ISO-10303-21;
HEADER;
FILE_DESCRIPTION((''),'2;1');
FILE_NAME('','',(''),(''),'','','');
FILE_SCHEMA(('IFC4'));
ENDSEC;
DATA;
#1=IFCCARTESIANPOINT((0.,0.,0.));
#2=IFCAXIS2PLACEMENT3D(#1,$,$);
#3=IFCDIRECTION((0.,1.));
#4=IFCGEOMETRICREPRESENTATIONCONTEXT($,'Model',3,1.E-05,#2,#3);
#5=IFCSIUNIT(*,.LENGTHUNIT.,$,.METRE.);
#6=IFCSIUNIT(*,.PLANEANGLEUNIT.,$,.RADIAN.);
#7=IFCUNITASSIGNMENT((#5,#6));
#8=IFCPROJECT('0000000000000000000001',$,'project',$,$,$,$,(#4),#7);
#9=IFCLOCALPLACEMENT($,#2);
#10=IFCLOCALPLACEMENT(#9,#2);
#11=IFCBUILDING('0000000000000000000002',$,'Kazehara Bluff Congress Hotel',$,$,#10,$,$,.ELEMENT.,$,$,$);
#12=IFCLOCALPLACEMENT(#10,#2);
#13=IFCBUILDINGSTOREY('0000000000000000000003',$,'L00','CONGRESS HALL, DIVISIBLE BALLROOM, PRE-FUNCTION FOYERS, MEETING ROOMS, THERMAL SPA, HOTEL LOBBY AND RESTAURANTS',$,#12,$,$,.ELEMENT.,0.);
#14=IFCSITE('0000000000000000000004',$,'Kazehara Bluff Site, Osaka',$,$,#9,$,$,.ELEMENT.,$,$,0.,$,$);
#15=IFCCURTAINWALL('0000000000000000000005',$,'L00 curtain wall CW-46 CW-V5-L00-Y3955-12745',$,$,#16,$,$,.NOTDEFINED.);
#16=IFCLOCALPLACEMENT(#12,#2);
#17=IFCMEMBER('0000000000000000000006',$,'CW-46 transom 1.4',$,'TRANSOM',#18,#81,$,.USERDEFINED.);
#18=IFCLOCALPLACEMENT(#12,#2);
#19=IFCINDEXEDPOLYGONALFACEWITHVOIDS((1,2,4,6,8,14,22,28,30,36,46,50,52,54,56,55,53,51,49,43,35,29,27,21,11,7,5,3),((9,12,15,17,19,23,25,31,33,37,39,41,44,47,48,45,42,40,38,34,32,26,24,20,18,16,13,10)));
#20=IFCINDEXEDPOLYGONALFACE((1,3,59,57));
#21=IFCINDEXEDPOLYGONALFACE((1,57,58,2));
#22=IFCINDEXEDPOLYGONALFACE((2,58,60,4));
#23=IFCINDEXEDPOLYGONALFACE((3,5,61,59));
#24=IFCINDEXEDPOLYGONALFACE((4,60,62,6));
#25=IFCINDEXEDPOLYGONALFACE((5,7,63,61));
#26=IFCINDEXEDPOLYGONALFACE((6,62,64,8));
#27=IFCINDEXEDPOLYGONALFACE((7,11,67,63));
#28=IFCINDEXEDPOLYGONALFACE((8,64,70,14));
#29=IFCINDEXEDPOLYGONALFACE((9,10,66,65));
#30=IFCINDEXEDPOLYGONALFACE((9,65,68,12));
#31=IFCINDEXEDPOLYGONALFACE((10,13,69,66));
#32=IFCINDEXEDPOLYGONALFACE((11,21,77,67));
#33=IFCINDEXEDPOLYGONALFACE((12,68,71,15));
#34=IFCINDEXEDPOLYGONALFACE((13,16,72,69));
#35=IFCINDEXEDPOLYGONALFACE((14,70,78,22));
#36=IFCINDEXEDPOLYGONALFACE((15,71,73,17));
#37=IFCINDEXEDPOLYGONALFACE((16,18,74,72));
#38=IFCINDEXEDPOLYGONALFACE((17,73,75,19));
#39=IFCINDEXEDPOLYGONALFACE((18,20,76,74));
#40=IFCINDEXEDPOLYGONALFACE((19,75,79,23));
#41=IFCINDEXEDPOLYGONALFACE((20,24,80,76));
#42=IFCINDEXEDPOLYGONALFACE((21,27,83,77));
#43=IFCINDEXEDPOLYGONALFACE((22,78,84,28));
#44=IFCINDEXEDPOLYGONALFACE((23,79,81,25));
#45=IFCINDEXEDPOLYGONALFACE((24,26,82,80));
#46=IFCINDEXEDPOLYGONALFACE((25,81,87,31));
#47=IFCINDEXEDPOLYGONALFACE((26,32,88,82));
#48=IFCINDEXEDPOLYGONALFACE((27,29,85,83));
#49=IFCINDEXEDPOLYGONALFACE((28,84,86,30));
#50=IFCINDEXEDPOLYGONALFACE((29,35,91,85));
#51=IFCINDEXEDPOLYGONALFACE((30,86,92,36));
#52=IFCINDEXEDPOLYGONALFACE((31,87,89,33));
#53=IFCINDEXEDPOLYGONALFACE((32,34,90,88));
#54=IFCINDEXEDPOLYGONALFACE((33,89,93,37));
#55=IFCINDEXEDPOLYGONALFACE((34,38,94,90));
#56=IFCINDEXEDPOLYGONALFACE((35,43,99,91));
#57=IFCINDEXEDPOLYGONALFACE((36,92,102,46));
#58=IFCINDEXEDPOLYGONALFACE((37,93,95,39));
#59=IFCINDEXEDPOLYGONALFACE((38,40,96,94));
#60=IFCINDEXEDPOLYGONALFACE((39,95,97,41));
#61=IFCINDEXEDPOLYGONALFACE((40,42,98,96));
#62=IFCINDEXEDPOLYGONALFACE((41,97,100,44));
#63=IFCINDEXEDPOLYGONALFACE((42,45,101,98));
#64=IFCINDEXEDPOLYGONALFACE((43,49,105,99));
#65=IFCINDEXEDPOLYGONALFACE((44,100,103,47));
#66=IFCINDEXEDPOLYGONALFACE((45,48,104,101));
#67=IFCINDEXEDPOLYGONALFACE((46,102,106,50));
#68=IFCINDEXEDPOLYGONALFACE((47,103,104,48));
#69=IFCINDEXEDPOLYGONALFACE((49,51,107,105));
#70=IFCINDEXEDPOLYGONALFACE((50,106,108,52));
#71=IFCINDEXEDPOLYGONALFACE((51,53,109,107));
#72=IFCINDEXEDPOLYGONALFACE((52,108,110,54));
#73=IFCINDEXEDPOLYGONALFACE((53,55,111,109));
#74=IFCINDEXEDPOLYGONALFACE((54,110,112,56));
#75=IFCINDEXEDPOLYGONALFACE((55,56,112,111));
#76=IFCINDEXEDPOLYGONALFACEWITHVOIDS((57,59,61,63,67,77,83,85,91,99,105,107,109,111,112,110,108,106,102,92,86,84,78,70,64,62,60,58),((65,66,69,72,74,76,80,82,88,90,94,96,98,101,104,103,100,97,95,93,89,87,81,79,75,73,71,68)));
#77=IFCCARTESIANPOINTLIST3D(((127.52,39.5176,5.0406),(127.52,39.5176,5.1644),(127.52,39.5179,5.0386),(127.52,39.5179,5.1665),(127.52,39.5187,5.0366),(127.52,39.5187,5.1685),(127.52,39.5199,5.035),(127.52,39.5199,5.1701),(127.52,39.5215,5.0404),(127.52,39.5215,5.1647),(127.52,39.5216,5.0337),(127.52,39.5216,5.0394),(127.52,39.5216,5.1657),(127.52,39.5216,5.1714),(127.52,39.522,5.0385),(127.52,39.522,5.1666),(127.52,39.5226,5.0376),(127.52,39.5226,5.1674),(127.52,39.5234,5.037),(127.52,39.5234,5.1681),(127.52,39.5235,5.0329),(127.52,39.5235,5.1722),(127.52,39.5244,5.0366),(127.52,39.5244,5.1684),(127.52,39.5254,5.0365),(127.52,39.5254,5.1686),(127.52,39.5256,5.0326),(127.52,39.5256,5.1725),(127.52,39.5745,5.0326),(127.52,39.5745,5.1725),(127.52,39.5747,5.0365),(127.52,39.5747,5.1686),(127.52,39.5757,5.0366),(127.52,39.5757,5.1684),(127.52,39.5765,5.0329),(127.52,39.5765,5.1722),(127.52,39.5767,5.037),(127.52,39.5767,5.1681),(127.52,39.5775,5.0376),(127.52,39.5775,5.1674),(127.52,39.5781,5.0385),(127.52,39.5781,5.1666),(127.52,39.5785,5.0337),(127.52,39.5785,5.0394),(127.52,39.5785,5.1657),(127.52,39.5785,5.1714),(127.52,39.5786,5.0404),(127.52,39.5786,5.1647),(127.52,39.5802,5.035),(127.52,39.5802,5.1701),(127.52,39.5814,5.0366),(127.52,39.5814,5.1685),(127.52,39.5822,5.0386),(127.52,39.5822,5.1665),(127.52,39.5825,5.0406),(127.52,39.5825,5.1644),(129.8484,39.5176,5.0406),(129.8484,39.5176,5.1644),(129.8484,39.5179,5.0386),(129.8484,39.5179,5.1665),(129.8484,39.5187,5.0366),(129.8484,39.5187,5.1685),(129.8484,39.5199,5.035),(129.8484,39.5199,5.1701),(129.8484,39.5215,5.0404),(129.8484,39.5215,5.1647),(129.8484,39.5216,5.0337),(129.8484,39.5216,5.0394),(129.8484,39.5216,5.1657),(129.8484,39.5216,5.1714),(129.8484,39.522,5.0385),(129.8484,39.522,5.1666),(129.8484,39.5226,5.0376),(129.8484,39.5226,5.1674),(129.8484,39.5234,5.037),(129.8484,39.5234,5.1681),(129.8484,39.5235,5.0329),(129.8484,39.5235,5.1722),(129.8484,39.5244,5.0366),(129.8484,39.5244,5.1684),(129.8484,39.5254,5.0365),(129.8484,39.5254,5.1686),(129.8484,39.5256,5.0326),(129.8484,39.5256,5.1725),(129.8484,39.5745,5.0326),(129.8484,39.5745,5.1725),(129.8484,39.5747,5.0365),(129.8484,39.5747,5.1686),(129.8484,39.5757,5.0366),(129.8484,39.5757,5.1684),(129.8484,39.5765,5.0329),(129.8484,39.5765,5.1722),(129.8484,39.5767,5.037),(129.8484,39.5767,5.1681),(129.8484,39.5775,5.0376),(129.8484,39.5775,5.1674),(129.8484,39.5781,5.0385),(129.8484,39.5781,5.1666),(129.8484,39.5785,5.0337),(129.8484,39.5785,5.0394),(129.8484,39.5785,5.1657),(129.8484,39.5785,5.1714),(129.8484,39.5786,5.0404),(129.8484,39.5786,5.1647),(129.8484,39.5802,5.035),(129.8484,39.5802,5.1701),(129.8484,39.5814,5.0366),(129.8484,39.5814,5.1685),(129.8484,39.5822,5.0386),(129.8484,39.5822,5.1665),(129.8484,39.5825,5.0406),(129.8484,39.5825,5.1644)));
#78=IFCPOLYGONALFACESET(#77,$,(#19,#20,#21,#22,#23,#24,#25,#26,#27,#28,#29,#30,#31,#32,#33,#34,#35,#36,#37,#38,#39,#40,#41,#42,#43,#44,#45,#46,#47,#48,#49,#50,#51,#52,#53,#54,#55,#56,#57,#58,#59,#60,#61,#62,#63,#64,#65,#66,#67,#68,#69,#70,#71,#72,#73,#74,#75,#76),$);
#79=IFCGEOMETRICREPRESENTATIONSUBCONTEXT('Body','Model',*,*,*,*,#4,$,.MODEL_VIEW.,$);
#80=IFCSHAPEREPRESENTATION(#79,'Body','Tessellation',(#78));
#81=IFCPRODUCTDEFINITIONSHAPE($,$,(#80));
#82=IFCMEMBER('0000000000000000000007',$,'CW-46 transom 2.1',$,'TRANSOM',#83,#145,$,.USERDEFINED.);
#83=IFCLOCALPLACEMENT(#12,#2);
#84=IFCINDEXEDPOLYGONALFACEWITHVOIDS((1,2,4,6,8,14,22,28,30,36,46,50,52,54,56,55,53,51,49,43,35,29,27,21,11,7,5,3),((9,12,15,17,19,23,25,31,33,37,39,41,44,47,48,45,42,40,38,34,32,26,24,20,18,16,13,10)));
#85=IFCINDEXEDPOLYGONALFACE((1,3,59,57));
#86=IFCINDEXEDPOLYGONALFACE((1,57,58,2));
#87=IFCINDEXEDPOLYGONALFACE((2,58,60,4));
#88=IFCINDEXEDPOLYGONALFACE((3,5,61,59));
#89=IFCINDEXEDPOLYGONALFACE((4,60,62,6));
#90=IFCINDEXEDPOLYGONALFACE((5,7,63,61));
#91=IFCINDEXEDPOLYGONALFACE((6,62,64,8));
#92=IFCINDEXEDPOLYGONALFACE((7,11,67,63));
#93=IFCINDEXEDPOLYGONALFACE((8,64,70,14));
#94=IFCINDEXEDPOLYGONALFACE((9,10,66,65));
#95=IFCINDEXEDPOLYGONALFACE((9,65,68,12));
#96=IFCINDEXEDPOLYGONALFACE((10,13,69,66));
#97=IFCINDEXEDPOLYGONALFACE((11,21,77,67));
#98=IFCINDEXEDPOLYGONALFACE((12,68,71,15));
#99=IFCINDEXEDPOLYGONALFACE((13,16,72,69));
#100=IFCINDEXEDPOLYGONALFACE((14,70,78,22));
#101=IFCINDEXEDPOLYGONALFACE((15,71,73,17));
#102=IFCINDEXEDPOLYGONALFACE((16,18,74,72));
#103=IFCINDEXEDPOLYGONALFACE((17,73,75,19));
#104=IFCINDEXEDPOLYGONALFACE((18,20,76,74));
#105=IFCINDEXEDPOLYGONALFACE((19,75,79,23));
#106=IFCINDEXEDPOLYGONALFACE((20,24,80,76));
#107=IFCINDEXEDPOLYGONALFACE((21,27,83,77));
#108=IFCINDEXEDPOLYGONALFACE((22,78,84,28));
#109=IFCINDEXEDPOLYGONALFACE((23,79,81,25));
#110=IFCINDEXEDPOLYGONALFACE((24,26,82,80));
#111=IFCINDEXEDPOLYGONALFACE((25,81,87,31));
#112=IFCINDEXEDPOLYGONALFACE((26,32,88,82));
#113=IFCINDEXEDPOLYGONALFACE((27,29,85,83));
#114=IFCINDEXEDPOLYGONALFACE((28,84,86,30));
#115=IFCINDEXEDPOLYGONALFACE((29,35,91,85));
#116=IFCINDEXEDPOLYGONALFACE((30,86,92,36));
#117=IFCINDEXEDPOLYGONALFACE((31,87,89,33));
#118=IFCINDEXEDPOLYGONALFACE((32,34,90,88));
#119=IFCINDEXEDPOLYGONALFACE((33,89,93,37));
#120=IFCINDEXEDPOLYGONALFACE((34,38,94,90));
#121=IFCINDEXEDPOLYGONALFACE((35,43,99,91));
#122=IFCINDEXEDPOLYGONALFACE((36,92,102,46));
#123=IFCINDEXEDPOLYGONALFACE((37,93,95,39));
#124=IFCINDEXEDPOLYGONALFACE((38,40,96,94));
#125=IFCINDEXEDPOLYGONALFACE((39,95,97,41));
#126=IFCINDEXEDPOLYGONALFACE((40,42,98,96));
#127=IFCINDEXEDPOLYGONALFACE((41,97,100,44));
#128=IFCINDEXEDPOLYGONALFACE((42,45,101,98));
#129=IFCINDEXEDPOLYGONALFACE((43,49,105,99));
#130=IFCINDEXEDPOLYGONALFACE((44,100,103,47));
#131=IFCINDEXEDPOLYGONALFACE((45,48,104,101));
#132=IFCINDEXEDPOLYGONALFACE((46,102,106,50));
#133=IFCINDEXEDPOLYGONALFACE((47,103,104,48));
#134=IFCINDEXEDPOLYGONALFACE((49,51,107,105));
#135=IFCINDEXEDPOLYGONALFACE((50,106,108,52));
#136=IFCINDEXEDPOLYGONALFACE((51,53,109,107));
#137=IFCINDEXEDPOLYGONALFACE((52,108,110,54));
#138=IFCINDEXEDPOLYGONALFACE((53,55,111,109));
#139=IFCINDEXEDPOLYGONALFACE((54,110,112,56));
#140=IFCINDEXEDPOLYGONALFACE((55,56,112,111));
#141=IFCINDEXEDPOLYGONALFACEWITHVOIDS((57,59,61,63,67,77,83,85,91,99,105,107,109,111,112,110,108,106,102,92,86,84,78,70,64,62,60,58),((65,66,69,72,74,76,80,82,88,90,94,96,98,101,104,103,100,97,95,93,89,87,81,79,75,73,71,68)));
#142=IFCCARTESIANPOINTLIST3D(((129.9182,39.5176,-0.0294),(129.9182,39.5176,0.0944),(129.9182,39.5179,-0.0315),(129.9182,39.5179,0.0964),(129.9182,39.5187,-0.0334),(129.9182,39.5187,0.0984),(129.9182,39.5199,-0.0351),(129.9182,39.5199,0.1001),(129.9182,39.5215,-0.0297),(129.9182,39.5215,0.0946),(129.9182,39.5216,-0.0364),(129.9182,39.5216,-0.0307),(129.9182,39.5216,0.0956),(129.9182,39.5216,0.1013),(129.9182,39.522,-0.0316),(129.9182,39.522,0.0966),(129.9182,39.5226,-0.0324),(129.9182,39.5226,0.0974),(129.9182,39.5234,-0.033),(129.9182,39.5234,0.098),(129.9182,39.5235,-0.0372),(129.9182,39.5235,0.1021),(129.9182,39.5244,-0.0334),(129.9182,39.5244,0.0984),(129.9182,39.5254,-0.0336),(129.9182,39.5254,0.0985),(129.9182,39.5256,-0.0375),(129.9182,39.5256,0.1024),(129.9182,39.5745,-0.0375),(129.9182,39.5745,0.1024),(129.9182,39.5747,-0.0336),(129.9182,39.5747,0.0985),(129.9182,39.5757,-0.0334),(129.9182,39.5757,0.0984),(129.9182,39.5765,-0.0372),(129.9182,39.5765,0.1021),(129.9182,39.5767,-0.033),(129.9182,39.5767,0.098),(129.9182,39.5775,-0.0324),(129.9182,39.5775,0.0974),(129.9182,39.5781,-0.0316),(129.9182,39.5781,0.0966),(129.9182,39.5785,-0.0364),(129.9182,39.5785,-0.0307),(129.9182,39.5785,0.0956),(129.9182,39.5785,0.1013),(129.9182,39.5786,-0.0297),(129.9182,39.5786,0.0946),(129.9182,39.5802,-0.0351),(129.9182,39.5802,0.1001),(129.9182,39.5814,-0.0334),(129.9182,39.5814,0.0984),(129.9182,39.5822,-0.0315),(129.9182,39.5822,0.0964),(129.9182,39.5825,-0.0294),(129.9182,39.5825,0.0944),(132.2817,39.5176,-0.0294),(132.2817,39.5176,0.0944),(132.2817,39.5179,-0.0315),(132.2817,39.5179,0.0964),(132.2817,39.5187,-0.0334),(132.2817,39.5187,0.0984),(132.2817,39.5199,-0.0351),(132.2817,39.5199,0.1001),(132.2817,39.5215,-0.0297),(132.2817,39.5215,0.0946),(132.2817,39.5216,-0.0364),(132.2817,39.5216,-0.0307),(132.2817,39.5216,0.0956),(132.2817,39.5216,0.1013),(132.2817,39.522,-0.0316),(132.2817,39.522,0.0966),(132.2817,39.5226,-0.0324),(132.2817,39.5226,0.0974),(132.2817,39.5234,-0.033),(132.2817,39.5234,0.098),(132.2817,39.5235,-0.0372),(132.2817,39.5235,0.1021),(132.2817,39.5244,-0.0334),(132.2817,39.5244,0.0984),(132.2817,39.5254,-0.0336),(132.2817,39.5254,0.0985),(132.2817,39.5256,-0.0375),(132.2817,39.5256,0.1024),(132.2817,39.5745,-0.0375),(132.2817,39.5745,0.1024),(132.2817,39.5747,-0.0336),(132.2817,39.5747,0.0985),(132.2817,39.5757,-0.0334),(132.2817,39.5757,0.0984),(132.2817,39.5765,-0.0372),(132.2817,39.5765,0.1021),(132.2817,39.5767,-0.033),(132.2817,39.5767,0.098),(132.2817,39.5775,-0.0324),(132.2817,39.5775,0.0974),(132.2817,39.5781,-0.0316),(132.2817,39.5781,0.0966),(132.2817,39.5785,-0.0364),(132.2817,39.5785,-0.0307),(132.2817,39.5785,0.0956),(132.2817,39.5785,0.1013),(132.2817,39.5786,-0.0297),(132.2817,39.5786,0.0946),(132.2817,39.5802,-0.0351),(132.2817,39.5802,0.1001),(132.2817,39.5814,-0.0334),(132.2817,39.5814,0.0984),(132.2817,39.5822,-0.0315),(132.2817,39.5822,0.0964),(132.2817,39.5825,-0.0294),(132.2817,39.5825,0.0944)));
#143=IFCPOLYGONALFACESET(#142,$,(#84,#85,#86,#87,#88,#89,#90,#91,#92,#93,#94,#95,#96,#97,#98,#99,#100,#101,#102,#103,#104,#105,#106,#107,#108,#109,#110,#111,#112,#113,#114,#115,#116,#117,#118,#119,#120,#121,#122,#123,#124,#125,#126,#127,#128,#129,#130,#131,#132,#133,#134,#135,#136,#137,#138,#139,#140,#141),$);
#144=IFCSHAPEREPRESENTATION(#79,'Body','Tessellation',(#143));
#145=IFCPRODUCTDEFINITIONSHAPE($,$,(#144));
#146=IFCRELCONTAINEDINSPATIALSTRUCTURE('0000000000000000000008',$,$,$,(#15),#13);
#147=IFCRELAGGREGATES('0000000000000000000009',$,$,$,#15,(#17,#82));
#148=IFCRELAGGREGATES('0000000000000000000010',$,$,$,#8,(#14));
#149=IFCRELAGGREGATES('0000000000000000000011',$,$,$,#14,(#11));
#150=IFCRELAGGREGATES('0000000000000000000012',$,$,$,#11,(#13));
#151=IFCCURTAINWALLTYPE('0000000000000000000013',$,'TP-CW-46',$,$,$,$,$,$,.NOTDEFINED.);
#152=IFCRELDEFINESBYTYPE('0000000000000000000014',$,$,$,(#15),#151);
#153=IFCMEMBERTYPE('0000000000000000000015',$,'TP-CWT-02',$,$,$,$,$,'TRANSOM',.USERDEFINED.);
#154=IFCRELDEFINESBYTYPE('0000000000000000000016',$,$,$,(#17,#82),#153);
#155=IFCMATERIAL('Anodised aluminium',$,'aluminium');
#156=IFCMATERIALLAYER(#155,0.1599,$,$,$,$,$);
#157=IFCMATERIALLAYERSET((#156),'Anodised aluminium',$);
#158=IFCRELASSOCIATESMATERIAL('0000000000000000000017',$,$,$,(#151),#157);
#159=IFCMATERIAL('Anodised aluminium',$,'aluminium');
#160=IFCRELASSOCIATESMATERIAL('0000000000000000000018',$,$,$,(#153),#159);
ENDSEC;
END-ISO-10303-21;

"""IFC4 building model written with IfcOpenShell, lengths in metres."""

from ifc_helpers import new_model, si_unit, direction, frame, origin, origin_2d, place, context, subcontext, project, spatial, hollow_rectangle, extrude, material, layer, layer_set, material_profile, profile_set, type_object, element, aggregate, save


model = new_model("IFC4")

# Units and contexts
model_context = context("Model", 3, precision=1e-05, world=origin(), true_north=direction((0.0, 1.0)))
body_context = subcontext(model_context, "Body", "Model", "MODEL_VIEW")
ifc_project = project(units=[si_unit("LENGTHUNIT", "METRE"), si_unit("PLANEANGLEUNIT", "RADIAN")], contexts=[model_context])

# Site, building, storey
site_placement = place(None, origin())
site = spatial("IfcSite", under=ifc_project, at=site_placement, Name="Kazehara Bluff Site, Osaka", CompositionType="ELEMENT", RefElevation=0.0)
building_placement = place(site_placement, origin())
building = spatial("IfcBuilding", under=site, at=building_placement, Name="Kazehara Bluff Congress Hotel", CompositionType="ELEMENT")
storey_placement = place(building_placement, origin())
storey = spatial("IfcBuildingStorey", under=building, at=storey_placement, Name="L00", Description="CONGRESS HALL, DIVISIBLE BALLROOM, PRE-FUNCTION FOYERS, MEETING ROOMS, THERMAL SPA, HOTEL LOBBY AND RESTAURANTS", CompositionType="ELEMENT", Elevation=0.0)

# Shared definitions
ifc_material_1 = material(Name="Anodised aluminium", Category="aluminium")
ifc_layer_1 = layer(ifc_material_1, 0.1599)
ifc_layer_set_1 = layer_set([ifc_layer_1], Name="Anodised aluminium")
curtain_wall_type = type_object("IfcCurtainWallType", Name="TP-CW-46", PredefinedType="NOTDEFINED", material=ifc_layer_set_1)

# Curtain wall, members
curtain_wall_1_placement = place(storey_placement, origin())
curtain_wall_1 = element("IfcCurtainWall", 1, at=curtain_wall_1_placement, inside=storey, type_object=curtain_wall_type, Name="L00 curtain wall CW-46 CW-V5-L00-Y3955-12745", PredefinedType="NOTDEFINED")
ifc_material_2 = material(Name="Anodised aluminium", Category="aluminium")
ifc_material_profile_1 = material_profile(ifc_material_2, hollow_rectangle(XDim=0.0649, YDim=0.1399, WallThickness=0.0039, InnerFilletRadius=0.0039, OuterFilletRadius=0.0081, at=origin_2d()))
ifc_profile_set_1 = profile_set([ifc_material_profile_1], Name="Anodised aluminium")
member_type_1 = type_object("IfcMemberType", Name="TP-CWT-02", ElementType="TRANSOM", PredefinedType="USERDEFINED", material=ifc_profile_set_1)
member_1_placement = place(storey_placement, frame((127.52, 39.55, 5.1025), z_axis=(1.0, 0.0, 0.0), x_axis=(0.0, 1.0, 0.0)))
member_1 = element("IfcMember", 2, at=member_1_placement, type_object=member_type_1, Name="CW-46 transom 1.4", ObjectType="TRANSOM", PredefinedType="USERDEFINED", context=body_context, shape_type="SweptSolid", body=[
    extrude(hollow_rectangle(XDim=0.0649, YDim=0.1399, WallThickness=0.0039, InnerFilletRadius=0.0039, OuterFilletRadius=0.0081, at=origin_2d()), origin(), (0.0, 0.0, 1.0), 2.3284),
])
member_2_placement = place(storey_placement, frame((129.9182, 39.55, 0.0325), z_axis=(1.0, 0.0, 0.0), x_axis=(0.0, 1.0, 0.0)))
member_2 = element("IfcMember", 3, at=member_2_placement, type_object=member_type_1, Name="CW-46 transom 2.1", ObjectType="TRANSOM", PredefinedType="USERDEFINED", context=body_context, shape_type="SweptSolid", body=[
    extrude(hollow_rectangle(XDim=0.0649, YDim=0.1399, WallThickness=0.0039, InnerFilletRadius=0.0039, OuterFilletRadius=0.0081, at=origin_2d()), origin(), (0.0, 0.0, 1.0), 2.3635),
])

aggregate(curtain_wall_1, [member_1, member_2])

save(model, "model.ifc")
